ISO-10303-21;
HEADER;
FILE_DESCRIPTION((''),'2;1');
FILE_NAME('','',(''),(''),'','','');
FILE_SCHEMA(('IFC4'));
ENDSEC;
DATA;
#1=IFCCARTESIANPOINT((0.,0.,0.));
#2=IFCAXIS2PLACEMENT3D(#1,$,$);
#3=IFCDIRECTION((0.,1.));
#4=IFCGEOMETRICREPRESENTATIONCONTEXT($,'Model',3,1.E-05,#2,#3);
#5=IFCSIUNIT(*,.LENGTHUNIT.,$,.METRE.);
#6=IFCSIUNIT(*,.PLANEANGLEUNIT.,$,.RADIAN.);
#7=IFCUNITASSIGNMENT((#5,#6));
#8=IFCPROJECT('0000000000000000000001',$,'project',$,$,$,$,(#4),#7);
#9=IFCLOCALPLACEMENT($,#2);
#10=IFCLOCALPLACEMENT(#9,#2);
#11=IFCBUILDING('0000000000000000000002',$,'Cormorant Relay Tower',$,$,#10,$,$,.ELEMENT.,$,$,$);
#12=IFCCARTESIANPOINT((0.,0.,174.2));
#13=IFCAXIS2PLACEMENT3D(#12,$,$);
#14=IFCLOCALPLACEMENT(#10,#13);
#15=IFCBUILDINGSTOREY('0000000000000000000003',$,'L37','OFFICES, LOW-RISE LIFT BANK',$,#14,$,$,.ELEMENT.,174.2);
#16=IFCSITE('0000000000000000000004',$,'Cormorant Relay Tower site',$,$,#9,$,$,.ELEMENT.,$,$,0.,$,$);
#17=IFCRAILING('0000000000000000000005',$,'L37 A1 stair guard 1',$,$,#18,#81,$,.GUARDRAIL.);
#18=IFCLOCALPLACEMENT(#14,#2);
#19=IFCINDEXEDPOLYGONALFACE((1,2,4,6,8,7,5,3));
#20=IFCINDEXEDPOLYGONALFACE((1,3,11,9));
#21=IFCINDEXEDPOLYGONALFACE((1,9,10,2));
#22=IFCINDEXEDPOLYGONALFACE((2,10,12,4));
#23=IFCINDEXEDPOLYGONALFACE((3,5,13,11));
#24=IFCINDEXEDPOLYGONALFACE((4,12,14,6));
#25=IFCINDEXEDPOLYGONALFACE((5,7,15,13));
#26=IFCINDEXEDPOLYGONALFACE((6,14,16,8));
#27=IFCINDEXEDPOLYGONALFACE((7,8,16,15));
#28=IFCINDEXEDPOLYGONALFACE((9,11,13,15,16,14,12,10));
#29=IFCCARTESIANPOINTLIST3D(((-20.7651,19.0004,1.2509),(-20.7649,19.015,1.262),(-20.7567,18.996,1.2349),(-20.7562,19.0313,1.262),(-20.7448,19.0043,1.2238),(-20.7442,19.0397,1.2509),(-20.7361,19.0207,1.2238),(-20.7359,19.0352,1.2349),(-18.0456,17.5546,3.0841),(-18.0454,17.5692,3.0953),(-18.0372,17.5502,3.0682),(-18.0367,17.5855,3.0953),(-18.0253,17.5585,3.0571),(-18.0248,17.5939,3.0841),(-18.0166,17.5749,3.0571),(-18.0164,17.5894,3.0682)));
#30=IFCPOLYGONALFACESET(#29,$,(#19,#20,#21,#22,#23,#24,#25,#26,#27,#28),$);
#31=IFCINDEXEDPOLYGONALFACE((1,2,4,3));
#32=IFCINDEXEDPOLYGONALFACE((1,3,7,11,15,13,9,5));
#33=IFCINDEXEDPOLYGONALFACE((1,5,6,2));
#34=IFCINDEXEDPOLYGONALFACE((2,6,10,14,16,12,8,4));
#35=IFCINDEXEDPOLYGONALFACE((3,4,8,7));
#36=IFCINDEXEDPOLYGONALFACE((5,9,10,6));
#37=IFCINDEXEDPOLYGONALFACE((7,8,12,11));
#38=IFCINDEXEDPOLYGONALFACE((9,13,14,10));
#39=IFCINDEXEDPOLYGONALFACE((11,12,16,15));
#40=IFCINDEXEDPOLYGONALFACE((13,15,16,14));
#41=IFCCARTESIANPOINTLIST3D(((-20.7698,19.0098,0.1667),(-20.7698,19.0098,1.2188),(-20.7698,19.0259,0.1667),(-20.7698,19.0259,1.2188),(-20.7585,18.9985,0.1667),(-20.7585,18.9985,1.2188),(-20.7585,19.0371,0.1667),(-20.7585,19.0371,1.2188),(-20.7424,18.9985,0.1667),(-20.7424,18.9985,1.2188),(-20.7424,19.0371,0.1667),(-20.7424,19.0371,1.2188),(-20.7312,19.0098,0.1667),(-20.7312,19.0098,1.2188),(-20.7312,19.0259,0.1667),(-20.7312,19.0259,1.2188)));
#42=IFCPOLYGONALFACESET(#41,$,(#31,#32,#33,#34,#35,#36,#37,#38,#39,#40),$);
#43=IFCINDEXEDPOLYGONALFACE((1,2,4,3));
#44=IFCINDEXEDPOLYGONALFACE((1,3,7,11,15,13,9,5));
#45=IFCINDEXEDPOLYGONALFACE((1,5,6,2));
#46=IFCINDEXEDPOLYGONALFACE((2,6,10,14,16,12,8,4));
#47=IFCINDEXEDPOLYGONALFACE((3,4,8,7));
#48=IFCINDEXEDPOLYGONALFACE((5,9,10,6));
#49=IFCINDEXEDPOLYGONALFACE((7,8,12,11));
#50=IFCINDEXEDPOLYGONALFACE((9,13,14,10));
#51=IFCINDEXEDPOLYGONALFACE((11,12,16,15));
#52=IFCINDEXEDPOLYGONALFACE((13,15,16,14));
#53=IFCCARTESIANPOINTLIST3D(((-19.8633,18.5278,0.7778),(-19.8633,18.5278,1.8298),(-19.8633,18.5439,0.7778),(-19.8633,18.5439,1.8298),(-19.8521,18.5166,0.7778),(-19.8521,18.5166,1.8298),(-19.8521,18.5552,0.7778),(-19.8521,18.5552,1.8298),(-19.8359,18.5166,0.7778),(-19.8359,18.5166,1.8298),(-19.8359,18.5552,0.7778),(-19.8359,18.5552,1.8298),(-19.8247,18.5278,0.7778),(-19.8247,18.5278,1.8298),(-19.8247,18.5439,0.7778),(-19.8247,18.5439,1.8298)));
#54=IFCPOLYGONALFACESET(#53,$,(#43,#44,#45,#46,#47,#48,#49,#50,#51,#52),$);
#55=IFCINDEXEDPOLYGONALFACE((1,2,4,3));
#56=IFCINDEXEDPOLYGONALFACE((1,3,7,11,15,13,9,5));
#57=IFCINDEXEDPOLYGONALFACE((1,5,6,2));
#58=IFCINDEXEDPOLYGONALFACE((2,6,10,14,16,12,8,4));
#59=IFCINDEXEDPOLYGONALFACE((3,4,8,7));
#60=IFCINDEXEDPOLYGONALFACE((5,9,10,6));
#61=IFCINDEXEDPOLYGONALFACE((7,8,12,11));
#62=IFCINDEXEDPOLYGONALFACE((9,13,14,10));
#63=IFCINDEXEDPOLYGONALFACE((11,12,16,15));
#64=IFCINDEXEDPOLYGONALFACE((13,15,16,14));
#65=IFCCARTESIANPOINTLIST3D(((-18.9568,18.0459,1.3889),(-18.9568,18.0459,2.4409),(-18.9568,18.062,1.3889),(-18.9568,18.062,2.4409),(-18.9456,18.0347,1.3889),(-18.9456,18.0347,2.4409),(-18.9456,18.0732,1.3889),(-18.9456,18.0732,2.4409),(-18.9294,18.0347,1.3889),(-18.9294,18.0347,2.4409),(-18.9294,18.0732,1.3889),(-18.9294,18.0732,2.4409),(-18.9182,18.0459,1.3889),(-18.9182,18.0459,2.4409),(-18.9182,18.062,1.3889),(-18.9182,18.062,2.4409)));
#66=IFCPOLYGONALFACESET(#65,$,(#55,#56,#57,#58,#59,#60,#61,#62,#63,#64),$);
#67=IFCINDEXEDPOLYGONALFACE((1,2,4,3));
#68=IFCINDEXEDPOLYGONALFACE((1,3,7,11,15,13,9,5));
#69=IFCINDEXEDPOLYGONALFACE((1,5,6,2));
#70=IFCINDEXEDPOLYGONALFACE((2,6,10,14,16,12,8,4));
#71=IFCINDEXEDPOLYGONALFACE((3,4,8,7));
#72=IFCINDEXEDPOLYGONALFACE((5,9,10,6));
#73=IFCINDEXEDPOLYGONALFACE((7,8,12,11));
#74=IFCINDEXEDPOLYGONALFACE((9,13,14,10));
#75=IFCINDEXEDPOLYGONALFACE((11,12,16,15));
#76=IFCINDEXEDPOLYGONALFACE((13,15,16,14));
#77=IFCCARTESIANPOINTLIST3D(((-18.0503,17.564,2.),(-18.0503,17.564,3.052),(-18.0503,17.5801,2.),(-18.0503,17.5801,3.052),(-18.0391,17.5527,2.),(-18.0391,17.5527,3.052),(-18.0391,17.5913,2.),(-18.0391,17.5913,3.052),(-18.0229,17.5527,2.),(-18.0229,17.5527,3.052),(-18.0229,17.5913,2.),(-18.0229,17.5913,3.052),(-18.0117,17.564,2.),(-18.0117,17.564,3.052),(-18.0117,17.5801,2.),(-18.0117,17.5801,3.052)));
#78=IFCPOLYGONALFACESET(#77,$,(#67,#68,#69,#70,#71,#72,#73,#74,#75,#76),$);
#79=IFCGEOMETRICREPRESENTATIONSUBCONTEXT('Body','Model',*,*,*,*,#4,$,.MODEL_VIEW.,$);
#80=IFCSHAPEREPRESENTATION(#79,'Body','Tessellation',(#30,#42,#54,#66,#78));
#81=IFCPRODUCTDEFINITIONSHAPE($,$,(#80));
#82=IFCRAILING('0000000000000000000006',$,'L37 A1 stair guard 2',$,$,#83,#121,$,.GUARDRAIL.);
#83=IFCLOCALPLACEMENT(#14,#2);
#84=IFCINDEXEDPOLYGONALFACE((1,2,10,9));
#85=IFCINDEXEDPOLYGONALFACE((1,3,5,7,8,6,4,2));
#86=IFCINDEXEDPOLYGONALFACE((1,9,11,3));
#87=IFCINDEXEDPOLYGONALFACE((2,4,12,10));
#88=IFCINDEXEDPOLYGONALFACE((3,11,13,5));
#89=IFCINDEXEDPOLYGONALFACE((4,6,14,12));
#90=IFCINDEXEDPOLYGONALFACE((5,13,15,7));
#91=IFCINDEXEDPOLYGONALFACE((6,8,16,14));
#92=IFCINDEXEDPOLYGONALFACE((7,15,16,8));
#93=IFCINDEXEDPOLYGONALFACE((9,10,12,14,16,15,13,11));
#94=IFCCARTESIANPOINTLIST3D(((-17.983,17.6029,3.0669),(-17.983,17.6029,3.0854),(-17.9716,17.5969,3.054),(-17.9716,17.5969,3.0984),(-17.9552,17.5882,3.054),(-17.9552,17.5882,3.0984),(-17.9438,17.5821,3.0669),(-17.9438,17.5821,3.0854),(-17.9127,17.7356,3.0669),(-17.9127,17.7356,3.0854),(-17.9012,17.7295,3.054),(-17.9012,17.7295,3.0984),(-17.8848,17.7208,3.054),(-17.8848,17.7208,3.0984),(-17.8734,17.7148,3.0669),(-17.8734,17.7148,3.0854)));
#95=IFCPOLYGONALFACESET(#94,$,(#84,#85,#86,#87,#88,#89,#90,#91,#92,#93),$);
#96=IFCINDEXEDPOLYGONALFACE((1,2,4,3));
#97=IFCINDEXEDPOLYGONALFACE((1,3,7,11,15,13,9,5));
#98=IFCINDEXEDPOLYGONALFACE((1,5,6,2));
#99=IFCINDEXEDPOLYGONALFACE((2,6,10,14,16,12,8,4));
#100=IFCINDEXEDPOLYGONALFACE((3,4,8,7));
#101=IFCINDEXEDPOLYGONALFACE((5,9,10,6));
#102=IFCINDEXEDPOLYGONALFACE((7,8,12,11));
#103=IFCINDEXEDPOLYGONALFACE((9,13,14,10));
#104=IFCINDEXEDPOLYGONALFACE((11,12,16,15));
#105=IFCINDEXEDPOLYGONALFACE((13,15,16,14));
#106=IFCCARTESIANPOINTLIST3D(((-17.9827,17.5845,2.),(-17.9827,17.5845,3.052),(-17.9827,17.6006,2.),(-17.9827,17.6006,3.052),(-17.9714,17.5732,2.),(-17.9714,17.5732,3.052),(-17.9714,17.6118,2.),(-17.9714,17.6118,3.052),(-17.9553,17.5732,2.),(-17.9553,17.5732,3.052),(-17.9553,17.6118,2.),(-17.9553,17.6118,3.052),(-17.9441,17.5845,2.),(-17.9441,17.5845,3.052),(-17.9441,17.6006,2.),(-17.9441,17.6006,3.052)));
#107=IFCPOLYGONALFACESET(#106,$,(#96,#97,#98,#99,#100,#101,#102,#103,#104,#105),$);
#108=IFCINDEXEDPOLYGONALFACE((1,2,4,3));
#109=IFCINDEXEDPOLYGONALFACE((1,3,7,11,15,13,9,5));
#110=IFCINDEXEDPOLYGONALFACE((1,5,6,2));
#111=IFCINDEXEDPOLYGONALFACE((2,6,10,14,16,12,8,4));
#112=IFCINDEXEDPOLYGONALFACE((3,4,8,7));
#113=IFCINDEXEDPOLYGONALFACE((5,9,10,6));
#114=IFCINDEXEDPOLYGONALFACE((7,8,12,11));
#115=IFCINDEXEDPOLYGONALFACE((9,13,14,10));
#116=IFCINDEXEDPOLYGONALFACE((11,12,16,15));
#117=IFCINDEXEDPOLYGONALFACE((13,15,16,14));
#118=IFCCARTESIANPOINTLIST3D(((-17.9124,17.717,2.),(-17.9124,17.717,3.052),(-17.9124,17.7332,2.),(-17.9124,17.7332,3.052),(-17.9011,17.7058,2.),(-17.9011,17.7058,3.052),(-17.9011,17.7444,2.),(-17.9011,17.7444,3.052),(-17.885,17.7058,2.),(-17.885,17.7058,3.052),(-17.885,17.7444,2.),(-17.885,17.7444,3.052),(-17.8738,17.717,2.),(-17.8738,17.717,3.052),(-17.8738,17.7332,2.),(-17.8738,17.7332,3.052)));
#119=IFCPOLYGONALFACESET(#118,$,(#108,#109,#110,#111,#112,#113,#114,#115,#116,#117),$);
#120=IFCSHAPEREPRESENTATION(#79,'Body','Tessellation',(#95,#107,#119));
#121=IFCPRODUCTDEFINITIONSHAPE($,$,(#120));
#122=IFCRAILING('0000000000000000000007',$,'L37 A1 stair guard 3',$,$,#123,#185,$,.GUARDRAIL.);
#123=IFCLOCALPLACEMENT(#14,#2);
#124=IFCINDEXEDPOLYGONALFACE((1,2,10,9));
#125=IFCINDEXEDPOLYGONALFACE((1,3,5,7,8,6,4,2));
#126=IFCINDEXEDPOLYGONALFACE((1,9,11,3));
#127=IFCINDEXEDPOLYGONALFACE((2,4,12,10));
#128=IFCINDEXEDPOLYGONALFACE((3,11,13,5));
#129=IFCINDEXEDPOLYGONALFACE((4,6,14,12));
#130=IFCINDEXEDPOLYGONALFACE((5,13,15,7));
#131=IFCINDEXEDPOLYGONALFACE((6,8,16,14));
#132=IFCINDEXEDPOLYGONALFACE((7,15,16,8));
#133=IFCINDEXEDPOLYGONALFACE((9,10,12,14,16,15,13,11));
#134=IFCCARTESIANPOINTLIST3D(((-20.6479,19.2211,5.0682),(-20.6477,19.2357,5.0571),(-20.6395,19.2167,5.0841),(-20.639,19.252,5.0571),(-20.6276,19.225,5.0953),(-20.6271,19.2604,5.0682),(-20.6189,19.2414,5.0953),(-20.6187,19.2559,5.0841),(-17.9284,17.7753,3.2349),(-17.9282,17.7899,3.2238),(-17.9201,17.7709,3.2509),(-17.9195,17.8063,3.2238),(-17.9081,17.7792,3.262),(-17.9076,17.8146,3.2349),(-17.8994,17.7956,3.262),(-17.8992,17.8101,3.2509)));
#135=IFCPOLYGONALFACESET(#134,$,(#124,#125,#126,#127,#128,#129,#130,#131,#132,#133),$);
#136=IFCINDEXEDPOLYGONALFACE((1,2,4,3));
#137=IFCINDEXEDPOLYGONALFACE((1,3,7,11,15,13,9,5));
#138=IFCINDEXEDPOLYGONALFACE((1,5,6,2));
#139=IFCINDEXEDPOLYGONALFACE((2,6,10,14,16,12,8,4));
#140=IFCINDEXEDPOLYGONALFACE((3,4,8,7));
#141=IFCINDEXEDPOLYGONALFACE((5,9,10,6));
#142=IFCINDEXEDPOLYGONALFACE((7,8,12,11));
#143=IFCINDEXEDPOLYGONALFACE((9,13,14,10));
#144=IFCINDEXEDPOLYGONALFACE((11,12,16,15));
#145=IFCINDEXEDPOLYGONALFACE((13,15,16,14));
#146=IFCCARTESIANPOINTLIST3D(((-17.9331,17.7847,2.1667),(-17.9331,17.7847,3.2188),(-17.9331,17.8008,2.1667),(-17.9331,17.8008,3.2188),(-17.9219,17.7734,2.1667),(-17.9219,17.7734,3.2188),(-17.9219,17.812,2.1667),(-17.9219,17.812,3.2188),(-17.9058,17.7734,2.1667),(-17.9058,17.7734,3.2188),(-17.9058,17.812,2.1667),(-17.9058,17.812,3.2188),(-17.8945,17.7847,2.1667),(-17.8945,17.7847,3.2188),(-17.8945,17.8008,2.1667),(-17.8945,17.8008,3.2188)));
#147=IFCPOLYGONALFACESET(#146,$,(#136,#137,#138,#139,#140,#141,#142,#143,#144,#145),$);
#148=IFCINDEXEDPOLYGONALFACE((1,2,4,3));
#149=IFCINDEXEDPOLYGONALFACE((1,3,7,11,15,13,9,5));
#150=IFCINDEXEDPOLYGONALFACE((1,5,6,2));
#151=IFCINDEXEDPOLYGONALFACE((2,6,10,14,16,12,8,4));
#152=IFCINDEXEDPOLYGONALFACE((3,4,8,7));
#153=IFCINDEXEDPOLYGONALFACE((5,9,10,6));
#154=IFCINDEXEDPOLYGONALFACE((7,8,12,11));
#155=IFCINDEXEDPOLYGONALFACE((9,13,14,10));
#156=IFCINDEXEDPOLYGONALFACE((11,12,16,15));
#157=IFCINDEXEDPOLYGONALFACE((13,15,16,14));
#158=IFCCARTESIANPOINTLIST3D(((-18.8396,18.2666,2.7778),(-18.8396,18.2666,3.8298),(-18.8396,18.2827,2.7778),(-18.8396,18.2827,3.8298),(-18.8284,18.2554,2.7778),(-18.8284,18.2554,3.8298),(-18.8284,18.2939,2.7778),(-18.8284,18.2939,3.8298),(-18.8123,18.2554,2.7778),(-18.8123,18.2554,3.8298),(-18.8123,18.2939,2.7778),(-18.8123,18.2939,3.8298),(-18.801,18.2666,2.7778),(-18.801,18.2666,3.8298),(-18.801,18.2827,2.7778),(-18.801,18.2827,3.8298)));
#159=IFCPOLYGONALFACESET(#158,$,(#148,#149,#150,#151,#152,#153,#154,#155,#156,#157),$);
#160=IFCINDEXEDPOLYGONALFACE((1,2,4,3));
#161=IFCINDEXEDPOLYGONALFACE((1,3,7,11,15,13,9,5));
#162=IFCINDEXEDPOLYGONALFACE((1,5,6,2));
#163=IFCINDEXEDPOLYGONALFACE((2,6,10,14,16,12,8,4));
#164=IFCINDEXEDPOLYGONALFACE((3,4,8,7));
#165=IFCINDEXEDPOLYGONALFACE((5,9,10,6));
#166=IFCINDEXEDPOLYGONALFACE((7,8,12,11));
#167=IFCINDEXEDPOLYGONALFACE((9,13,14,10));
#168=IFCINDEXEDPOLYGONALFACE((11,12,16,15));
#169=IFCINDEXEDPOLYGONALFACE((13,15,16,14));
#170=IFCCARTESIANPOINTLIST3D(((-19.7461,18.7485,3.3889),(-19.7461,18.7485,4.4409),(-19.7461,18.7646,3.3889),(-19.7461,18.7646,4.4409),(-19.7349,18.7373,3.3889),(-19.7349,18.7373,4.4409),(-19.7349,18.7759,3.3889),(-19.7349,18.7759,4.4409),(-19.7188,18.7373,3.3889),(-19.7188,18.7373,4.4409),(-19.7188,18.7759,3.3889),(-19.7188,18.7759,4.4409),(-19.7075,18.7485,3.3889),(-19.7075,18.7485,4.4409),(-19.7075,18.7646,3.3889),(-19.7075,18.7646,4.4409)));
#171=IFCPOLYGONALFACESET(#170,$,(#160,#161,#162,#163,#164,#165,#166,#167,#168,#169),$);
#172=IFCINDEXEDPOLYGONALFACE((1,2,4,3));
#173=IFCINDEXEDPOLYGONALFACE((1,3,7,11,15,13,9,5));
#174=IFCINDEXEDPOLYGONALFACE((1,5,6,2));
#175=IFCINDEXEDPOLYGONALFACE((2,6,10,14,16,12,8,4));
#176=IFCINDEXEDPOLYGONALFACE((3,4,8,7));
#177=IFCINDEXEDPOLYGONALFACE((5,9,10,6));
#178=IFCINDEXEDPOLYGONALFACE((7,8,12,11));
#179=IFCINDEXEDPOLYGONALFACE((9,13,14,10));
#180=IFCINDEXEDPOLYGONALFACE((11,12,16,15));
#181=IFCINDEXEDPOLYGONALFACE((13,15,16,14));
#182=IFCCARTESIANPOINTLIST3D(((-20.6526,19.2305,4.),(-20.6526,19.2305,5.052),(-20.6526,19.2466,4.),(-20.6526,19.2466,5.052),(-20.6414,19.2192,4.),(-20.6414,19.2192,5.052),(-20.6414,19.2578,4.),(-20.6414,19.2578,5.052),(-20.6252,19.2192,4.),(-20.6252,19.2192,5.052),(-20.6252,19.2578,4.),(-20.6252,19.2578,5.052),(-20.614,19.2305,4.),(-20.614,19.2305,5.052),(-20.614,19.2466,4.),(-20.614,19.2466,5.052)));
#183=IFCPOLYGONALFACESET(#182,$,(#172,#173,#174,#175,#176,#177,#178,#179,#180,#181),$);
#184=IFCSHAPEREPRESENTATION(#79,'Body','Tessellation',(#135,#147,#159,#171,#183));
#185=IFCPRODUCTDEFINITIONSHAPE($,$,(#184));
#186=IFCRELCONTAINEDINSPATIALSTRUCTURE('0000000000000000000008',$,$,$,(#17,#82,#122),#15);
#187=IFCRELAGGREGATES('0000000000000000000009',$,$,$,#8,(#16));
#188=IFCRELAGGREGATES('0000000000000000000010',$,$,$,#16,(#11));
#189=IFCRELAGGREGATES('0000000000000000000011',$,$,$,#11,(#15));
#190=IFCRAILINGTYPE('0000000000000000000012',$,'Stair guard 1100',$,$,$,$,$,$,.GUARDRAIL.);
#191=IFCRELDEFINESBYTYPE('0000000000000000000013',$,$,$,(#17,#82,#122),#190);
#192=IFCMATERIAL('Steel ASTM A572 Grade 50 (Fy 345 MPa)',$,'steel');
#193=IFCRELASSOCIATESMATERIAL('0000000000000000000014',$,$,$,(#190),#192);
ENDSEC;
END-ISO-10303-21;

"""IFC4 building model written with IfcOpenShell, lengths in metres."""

from ifc_helpers import new_model, si_unit, direction, frame, origin, place, context, subcontext, project, spatial, polyline, outline, extrude, material, type_object, element, save


model = new_model("IFC4")

# Units and contexts
model_context = context("Model", 3, precision=1e-05, world=origin(), true_north=direction((0.0, 1.0)))
body_context = subcontext(model_context, "Body", "Model", "MODEL_VIEW")
ifc_project = project(units=[si_unit("LENGTHUNIT", "METRE"), si_unit("PLANEANGLEUNIT", "RADIAN")], contexts=[model_context])

# Site, building, storey
site_placement = place(None, origin())
site = spatial("IfcSite", under=ifc_project, at=site_placement, Name="Cormorant Relay Tower site", CompositionType="ELEMENT", RefElevation=0.0)
building_placement = place(site_placement, origin())
building = spatial("IfcBuilding", under=site, at=building_placement, Name="Cormorant Relay Tower", CompositionType="ELEMENT")
storey_placement = place(building_placement, frame((0.0, 0.0, 174.2)))
storey = spatial("IfcBuildingStorey", under=building, at=storey_placement, Name="L37", Description="OFFICES, LOW-RISE LIFT BANK", CompositionType="ELEMENT", Elevation=174.2)

# Railings
ifc_material_1 = material(Name="Steel ASTM A572 Grade 50 (Fy 345 MPa)", Category="steel")
railing_type_1 = type_object("IfcRailingType", Name="Stair guard 1100", PredefinedType="GUARDRAIL", material=ifc_material_1)
railing_1_placement = place(storey_placement, frame((-20.7505, 19.0178, 0.1667)))
element("IfcRailing", 1, at=railing_1_placement, inside=storey, type_object=railing_type_1, Name="L37 A1 stair guard 1", PredefinedType="GUARDRAIL", context=body_context, shape_type="SweptSolid", body=[
    extrude(outline(polyline([(0.0222, 0.0093), (0.0093, 0.0222), (-0.0093, 0.0222), (-0.0222, 0.0093), (-0.0222, -0.0093), (-0.0093, -0.0222), (0.0093, -0.0222), (0.0222, -0.0093), (0.0222, 0.0093)])), frame((0.0, 0.0, 1.0762), z_axis=(0.758735, -0.403378, 0.511477), x_axis=(0.469428, 0.882971, 0.0)), (0.0, 0.0, 1.0), 3.5842),
    extrude(outline(polyline([(0.0193, 0.0081), (0.0081, 0.0193), (-0.0081, 0.0193), (-0.0193, 0.0081), (-0.0193, -0.0081), (-0.0081, -0.0193), (0.0081, -0.0193), (0.0193, -0.0081), (0.0193, 0.0081)])), origin(), (0.0, 0.0, 1.0), 1.052),
    extrude(outline(polyline([(0.0193, 0.0081), (0.0081, 0.0193), (-0.0081, 0.0193), (-0.0193, 0.0081), (-0.0193, -0.0081), (-0.0081, -0.0193), (0.0081, -0.0193), (0.0193, -0.0081), (0.0193, 0.0081)])), frame((0.9065, -0.4819, 0.6111)), (0.0, 0.0, 1.0), 1.052),
    extrude(outline(polyline([(0.0193, 0.0081), (0.0081, 0.0193), (-0.0081, 0.0193), (-0.0193, 0.0081), (-0.0193, -0.0081), (-0.0081, -0.0193), (0.0081, -0.0193), (0.0193, -0.0081), (0.0193, 0.0081)])), frame((1.813, -0.9639, 1.2222)), (0.0, 0.0, 1.0), 1.052),
    extrude(outline(polyline([(0.0193, 0.0081), (0.0081, 0.0193), (-0.0081, 0.0193), (-0.0193, 0.0081), (-0.0193, -0.0081), (-0.0081, -0.0193), (0.0081, -0.0193), (0.0193, -0.0081), (0.0193, 0.0081)])), frame((2.7195, -1.4458, 1.8333)), (0.0, 0.0, 1.0), 1.052),
])
railing_2_placement = place(storey_placement, frame((-17.9634, 17.5925, 2.0)))
element("IfcRailing", 2, at=railing_2_placement, inside=storey, type_object=railing_type_1, Name="L37 A1 stair guard 2", PredefinedType="GUARDRAIL", context=body_context, shape_type="SweptSolid", body=[
    extrude(outline(polyline([(0.0222, 0.0093), (0.0093, 0.0222), (-0.0093, 0.0222), (-0.0222, 0.0093), (-0.0222, -0.0093), (-0.0093, -0.0222), (0.0093, -0.0222), (0.0222, -0.0093), (0.0222, 0.0093)])), frame((0.0, 0.0, 1.0762), z_axis=(0.46856, 0.883431, 0.0), x_axis=(-0.883431, 0.46856, 0.0)), (0.0, 0.0, 1.0), 0.1501),
    extrude(outline(polyline([(0.0193, 0.0081), (0.0081, 0.0193), (-0.0081, 0.0193), (-0.0193, 0.0081), (-0.0193, -0.0081), (-0.0081, -0.0193), (0.0081, -0.0193), (0.0193, -0.0081), (0.0193, 0.0081)])), origin(), (0.0, 0.0, 1.0), 1.052),
    extrude(outline(polyline([(0.0193, 0.0081), (0.0081, 0.0193), (-0.0081, 0.0193), (-0.0193, 0.0081), (-0.0193, -0.0081), (-0.0081, -0.0193), (0.0081, -0.0193), (0.0193, -0.0081), (0.0193, 0.0081)])), frame((0.0703, 0.1326, 0.0)), (0.0, 0.0, 1.0), 1.052),
])
railing_3_placement = place(storey_placement, frame((-17.9138, 17.7927, 2.1667)))
element("IfcRailing", 3, at=railing_3_placement, inside=storey, type_object=railing_type_1, Name="L37 A1 stair guard 3", PredefinedType="GUARDRAIL", context=body_context, shape_type="SweptSolid", body=[
    extrude(outline(polyline([(0.0222, 0.0093), (0.0093, 0.0222), (-0.0093, 0.0222), (-0.0222, 0.0093), (-0.0222, -0.0093), (-0.0093, -0.0222), (0.0093, -0.0222), (0.0222, -0.0093), (0.0222, 0.0093)])), frame((0.0, 0.0, 1.0762), z_axis=(-0.758735, 0.403378, 0.511477), x_axis=(-0.469428, -0.882971, 0.0)), (0.0, 0.0, 1.0), 3.5842),
    extrude(outline(polyline([(0.0193, 0.0081), (0.0081, 0.0193), (-0.0081, 0.0193), (-0.0193, 0.0081), (-0.0193, -0.0081), (-0.0081, -0.0193), (0.0081, -0.0193), (0.0193, -0.0081), (0.0193, 0.0081)])), origin(), (0.0, 0.0, 1.0), 1.052),
    extrude(outline(polyline([(0.0193, 0.0081), (0.0081, 0.0193), (-0.0081, 0.0193), (-0.0193, 0.0081), (-0.0193, -0.0081), (-0.0081, -0.0193), (0.0081, -0.0193), (0.0193, -0.0081), (0.0193, 0.0081)])), frame((-0.9065, 0.4819, 0.6111)), (0.0, 0.0, 1.0), 1.052),
    extrude(outline(polyline([(0.0193, 0.0081), (0.0081, 0.0193), (-0.0081, 0.0193), (-0.0193, 0.0081), (-0.0193, -0.0081), (-0.0081, -0.0193), (0.0081, -0.0193), (0.0193, -0.0081), (0.0193, 0.0081)])), frame((-1.813, 0.9639, 1.2222)), (0.0, 0.0, 1.0), 1.052),
    extrude(outline(polyline([(0.0193, 0.0081), (0.0081, 0.0193), (-0.0081, 0.0193), (-0.0193, 0.0081), (-0.0193, -0.0081), (-0.0081, -0.0193), (0.0081, -0.0193), (0.0193, -0.0081), (0.0193, 0.0081)])), frame((-2.7195, 1.4458, 1.8333)), (0.0, 0.0, 1.0), 1.052),
])

save(model, "model.ifc")
